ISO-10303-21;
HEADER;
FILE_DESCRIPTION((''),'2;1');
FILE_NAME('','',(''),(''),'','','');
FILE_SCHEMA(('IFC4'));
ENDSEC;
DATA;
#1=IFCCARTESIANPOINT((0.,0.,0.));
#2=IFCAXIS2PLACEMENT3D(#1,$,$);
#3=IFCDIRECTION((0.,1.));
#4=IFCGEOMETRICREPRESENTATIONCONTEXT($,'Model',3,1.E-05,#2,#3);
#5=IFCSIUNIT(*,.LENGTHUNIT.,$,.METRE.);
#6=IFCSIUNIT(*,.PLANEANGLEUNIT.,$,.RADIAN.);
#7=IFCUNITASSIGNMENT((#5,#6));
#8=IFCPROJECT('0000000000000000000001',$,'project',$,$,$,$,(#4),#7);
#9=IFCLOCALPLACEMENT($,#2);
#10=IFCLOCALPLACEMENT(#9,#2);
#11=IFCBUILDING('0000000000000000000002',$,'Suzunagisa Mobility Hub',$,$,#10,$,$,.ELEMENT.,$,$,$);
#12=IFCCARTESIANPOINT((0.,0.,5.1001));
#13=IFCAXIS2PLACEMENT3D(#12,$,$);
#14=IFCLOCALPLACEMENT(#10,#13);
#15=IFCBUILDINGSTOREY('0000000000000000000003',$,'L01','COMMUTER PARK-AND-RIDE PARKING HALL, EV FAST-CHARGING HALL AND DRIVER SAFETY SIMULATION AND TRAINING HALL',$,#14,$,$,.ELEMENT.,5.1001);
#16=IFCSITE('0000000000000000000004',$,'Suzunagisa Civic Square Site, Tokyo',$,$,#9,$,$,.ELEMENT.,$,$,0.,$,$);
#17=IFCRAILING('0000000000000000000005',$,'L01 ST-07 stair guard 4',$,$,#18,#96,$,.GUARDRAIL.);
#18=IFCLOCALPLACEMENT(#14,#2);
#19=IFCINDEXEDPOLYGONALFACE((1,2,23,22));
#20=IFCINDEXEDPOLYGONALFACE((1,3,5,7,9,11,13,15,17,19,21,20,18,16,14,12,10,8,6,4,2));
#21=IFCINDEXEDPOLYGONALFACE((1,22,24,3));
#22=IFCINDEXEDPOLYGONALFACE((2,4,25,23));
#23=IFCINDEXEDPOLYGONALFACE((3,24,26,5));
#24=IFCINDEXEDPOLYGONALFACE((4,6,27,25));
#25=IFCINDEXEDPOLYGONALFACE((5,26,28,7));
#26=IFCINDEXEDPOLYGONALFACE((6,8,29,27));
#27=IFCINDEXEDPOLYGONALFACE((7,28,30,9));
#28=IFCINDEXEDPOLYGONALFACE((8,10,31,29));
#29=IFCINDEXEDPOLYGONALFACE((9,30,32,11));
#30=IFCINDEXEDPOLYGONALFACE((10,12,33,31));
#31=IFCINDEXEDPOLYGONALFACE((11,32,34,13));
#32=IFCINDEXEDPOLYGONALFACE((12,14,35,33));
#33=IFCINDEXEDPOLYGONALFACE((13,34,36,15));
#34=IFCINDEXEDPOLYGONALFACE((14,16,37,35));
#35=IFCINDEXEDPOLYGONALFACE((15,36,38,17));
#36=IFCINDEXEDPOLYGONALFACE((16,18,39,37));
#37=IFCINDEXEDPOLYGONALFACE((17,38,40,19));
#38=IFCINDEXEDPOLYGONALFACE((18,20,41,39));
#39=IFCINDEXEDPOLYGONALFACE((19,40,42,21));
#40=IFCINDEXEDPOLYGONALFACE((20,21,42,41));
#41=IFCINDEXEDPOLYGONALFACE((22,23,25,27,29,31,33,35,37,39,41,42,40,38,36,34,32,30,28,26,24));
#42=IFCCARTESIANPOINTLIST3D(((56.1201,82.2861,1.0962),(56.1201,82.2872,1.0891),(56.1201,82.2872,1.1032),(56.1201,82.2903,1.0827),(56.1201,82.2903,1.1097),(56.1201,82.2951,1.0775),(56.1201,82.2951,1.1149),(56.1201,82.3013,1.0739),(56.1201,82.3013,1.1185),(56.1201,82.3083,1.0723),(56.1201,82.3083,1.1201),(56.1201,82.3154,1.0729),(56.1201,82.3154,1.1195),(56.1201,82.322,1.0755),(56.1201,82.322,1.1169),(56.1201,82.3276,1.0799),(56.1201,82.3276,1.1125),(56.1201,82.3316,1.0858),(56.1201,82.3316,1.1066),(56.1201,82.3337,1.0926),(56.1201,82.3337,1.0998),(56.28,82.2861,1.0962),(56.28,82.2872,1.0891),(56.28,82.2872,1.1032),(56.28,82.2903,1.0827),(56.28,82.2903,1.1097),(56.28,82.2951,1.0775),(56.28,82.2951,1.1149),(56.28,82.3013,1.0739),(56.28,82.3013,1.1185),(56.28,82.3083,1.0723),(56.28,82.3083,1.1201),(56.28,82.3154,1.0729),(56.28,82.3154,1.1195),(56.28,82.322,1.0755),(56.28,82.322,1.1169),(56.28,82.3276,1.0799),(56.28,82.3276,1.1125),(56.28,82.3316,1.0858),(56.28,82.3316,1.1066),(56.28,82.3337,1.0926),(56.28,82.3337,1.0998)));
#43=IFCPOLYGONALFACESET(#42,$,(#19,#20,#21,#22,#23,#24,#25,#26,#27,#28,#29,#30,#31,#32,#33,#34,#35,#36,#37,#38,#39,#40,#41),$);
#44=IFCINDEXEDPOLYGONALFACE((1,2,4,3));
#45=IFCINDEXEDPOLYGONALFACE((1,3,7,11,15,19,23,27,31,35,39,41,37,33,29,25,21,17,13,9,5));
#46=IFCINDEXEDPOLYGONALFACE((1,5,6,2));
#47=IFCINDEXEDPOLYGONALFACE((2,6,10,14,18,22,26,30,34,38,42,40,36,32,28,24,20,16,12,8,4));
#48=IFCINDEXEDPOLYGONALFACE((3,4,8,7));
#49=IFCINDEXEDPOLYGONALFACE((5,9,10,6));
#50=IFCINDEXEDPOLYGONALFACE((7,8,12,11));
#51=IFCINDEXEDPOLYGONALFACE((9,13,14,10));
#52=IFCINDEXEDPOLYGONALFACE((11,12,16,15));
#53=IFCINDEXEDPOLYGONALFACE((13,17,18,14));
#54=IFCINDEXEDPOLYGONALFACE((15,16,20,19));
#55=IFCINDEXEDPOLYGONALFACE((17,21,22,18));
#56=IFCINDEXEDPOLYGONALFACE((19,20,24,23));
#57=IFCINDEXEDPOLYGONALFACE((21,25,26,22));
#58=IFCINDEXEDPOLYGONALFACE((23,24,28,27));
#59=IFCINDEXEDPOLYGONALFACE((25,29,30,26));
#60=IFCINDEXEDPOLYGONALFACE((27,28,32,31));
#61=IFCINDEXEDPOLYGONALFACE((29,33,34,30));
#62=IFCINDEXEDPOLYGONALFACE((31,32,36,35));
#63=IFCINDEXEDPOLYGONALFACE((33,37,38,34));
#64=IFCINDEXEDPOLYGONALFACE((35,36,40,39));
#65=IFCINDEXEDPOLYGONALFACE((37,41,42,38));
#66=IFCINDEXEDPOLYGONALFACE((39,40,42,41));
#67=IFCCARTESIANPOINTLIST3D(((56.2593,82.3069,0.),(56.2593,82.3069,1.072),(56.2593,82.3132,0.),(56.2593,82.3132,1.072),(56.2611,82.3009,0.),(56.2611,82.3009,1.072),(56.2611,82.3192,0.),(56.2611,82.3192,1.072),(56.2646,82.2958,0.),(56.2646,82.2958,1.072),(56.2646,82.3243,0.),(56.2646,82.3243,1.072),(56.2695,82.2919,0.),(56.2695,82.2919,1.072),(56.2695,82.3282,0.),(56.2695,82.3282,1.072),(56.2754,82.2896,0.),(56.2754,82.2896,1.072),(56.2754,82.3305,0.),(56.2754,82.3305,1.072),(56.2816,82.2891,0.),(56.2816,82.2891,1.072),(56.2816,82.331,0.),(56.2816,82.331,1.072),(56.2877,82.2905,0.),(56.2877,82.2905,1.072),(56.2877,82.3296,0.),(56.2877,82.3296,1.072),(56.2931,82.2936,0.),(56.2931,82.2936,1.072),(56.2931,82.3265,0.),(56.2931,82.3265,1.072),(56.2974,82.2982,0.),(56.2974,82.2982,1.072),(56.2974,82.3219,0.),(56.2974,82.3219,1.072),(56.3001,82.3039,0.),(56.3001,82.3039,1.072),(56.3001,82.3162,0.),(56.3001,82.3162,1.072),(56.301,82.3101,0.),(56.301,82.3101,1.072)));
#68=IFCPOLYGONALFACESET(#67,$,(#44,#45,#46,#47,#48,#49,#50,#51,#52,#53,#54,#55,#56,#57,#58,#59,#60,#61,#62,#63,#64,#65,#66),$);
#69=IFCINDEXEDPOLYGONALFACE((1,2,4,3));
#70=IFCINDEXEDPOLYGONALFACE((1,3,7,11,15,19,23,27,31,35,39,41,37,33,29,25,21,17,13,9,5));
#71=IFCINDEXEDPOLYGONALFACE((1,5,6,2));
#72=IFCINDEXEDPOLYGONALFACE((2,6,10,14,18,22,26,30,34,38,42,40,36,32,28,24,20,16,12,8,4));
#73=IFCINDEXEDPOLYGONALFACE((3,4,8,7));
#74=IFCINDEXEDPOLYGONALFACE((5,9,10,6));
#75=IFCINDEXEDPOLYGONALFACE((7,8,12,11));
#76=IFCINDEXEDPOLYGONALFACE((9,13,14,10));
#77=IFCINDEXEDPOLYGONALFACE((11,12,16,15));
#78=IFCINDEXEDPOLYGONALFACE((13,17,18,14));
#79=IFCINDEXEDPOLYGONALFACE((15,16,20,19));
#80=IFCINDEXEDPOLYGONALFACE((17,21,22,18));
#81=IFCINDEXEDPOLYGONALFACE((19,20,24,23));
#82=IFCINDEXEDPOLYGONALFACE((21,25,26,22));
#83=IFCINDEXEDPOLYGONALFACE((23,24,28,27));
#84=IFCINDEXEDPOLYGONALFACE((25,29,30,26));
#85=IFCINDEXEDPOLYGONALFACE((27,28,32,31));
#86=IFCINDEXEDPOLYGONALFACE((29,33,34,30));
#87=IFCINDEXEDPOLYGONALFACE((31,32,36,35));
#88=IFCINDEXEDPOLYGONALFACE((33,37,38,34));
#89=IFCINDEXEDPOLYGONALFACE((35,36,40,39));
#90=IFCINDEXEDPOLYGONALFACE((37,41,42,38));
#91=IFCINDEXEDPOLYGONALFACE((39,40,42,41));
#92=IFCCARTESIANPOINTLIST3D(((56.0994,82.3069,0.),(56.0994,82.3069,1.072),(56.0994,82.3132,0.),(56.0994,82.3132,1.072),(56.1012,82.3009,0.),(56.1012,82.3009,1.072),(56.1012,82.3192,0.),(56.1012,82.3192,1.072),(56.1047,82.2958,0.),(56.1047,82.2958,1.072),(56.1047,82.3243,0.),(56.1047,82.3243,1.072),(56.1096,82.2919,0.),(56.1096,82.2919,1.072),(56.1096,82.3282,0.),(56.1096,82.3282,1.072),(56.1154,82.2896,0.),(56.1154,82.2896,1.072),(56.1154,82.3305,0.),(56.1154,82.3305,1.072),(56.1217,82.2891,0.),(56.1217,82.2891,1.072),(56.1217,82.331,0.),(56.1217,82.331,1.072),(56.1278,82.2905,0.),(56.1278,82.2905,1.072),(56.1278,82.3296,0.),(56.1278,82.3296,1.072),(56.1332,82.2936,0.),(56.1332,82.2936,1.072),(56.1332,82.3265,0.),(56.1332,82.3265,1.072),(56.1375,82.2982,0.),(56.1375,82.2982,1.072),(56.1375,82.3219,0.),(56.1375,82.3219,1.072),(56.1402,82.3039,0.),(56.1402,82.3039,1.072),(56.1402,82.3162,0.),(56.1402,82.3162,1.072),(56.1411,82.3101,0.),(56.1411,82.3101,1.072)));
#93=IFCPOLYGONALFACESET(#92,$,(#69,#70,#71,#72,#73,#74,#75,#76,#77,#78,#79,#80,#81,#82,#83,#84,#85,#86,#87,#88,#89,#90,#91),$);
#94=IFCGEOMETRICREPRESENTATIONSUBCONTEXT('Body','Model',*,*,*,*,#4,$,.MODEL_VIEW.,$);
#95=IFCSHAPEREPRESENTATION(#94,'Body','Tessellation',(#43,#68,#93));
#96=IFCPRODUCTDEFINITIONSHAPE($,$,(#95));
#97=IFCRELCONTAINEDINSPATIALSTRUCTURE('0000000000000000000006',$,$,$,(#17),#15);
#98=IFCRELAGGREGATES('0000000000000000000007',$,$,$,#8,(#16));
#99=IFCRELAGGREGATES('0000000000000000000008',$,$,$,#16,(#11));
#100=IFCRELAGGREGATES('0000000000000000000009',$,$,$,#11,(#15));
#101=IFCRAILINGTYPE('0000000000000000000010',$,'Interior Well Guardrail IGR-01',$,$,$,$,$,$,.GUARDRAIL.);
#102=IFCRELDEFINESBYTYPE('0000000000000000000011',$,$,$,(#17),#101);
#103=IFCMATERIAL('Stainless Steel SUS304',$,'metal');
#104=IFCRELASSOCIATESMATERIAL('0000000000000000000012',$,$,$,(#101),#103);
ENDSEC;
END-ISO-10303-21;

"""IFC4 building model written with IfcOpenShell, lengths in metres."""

from ifc_helpers import new_model, si_unit, direction, frame, origin, origin_2d, place, context, subcontext, project, spatial, circle, extrude, material, type_object, element, save


model = new_model("IFC4")

# Units and contexts
model_context = context("Model", 3, precision=1e-05, world=origin(), true_north=direction((0.0, 1.0)))
body_context = subcontext(model_context, "Body", "Model", "MODEL_VIEW")
ifc_project = project(units=[si_unit("LENGTHUNIT", "METRE"), si_unit("PLANEANGLEUNIT", "RADIAN")], contexts=[model_context])

# Site, building, storey
site_placement = place(None, origin())
site = spatial("IfcSite", under=ifc_project, at=site_placement, Name="Suzunagisa Civic Square Site, Tokyo", CompositionType="ELEMENT", RefElevation=0.0)
building_placement = place(site_placement, origin())
building = spatial("IfcBuilding", under=site, at=building_placement, Name="Suzunagisa Mobility Hub", CompositionType="ELEMENT")
storey_placement = place(building_placement, frame((0.0, 0.0, 5.1001)))
storey = spatial("IfcBuildingStorey", under=building, at=storey_placement, Name="L01", Description="COMMUTER PARK-AND-RIDE PARKING HALL, EV FAST-CHARGING HALL AND DRIVER SAFETY SIMULATION AND TRAINING HALL", CompositionType="ELEMENT", Elevation=5.1001)

# Railing
ifc_material_1 = material(Name="Stainless Steel SUS304", Category="metal")
railing_type_1 = type_object("IfcRailingType", Name="Interior Well Guardrail IGR-01", PredefinedType="GUARDRAIL", material=ifc_material_1)
railing_1_placement = place(storey_placement, frame((56.28, 82.3101, 0.0)))
element("IfcRailing", 1, at=railing_1_placement, inside=storey, type_object=railing_type_1, Name="L01 ST-07 stair guard 4", PredefinedType="GUARDRAIL", context=body_context, shape_type="SweptSolid", body=[
    extrude(circle(Radius=0.0239, at=origin_2d()), frame((0.0, 0.0, 1.0962), z_axis=(-1.0, 0.0, 0.0), x_axis=(0.0, -1.0, 0.0)), (0.0, 0.0, 1.0), 0.1599),
    extrude(circle(Radius=0.021, at=origin_2d()), origin(), (0.0, 0.0, 1.0), 1.072),
    extrude(circle(Radius=0.021, at=origin_2d()), frame((-0.1599, 0.0, 0.0)), (0.0, 0.0, 1.0), 1.072),
])

save(model, "model.ifc")
